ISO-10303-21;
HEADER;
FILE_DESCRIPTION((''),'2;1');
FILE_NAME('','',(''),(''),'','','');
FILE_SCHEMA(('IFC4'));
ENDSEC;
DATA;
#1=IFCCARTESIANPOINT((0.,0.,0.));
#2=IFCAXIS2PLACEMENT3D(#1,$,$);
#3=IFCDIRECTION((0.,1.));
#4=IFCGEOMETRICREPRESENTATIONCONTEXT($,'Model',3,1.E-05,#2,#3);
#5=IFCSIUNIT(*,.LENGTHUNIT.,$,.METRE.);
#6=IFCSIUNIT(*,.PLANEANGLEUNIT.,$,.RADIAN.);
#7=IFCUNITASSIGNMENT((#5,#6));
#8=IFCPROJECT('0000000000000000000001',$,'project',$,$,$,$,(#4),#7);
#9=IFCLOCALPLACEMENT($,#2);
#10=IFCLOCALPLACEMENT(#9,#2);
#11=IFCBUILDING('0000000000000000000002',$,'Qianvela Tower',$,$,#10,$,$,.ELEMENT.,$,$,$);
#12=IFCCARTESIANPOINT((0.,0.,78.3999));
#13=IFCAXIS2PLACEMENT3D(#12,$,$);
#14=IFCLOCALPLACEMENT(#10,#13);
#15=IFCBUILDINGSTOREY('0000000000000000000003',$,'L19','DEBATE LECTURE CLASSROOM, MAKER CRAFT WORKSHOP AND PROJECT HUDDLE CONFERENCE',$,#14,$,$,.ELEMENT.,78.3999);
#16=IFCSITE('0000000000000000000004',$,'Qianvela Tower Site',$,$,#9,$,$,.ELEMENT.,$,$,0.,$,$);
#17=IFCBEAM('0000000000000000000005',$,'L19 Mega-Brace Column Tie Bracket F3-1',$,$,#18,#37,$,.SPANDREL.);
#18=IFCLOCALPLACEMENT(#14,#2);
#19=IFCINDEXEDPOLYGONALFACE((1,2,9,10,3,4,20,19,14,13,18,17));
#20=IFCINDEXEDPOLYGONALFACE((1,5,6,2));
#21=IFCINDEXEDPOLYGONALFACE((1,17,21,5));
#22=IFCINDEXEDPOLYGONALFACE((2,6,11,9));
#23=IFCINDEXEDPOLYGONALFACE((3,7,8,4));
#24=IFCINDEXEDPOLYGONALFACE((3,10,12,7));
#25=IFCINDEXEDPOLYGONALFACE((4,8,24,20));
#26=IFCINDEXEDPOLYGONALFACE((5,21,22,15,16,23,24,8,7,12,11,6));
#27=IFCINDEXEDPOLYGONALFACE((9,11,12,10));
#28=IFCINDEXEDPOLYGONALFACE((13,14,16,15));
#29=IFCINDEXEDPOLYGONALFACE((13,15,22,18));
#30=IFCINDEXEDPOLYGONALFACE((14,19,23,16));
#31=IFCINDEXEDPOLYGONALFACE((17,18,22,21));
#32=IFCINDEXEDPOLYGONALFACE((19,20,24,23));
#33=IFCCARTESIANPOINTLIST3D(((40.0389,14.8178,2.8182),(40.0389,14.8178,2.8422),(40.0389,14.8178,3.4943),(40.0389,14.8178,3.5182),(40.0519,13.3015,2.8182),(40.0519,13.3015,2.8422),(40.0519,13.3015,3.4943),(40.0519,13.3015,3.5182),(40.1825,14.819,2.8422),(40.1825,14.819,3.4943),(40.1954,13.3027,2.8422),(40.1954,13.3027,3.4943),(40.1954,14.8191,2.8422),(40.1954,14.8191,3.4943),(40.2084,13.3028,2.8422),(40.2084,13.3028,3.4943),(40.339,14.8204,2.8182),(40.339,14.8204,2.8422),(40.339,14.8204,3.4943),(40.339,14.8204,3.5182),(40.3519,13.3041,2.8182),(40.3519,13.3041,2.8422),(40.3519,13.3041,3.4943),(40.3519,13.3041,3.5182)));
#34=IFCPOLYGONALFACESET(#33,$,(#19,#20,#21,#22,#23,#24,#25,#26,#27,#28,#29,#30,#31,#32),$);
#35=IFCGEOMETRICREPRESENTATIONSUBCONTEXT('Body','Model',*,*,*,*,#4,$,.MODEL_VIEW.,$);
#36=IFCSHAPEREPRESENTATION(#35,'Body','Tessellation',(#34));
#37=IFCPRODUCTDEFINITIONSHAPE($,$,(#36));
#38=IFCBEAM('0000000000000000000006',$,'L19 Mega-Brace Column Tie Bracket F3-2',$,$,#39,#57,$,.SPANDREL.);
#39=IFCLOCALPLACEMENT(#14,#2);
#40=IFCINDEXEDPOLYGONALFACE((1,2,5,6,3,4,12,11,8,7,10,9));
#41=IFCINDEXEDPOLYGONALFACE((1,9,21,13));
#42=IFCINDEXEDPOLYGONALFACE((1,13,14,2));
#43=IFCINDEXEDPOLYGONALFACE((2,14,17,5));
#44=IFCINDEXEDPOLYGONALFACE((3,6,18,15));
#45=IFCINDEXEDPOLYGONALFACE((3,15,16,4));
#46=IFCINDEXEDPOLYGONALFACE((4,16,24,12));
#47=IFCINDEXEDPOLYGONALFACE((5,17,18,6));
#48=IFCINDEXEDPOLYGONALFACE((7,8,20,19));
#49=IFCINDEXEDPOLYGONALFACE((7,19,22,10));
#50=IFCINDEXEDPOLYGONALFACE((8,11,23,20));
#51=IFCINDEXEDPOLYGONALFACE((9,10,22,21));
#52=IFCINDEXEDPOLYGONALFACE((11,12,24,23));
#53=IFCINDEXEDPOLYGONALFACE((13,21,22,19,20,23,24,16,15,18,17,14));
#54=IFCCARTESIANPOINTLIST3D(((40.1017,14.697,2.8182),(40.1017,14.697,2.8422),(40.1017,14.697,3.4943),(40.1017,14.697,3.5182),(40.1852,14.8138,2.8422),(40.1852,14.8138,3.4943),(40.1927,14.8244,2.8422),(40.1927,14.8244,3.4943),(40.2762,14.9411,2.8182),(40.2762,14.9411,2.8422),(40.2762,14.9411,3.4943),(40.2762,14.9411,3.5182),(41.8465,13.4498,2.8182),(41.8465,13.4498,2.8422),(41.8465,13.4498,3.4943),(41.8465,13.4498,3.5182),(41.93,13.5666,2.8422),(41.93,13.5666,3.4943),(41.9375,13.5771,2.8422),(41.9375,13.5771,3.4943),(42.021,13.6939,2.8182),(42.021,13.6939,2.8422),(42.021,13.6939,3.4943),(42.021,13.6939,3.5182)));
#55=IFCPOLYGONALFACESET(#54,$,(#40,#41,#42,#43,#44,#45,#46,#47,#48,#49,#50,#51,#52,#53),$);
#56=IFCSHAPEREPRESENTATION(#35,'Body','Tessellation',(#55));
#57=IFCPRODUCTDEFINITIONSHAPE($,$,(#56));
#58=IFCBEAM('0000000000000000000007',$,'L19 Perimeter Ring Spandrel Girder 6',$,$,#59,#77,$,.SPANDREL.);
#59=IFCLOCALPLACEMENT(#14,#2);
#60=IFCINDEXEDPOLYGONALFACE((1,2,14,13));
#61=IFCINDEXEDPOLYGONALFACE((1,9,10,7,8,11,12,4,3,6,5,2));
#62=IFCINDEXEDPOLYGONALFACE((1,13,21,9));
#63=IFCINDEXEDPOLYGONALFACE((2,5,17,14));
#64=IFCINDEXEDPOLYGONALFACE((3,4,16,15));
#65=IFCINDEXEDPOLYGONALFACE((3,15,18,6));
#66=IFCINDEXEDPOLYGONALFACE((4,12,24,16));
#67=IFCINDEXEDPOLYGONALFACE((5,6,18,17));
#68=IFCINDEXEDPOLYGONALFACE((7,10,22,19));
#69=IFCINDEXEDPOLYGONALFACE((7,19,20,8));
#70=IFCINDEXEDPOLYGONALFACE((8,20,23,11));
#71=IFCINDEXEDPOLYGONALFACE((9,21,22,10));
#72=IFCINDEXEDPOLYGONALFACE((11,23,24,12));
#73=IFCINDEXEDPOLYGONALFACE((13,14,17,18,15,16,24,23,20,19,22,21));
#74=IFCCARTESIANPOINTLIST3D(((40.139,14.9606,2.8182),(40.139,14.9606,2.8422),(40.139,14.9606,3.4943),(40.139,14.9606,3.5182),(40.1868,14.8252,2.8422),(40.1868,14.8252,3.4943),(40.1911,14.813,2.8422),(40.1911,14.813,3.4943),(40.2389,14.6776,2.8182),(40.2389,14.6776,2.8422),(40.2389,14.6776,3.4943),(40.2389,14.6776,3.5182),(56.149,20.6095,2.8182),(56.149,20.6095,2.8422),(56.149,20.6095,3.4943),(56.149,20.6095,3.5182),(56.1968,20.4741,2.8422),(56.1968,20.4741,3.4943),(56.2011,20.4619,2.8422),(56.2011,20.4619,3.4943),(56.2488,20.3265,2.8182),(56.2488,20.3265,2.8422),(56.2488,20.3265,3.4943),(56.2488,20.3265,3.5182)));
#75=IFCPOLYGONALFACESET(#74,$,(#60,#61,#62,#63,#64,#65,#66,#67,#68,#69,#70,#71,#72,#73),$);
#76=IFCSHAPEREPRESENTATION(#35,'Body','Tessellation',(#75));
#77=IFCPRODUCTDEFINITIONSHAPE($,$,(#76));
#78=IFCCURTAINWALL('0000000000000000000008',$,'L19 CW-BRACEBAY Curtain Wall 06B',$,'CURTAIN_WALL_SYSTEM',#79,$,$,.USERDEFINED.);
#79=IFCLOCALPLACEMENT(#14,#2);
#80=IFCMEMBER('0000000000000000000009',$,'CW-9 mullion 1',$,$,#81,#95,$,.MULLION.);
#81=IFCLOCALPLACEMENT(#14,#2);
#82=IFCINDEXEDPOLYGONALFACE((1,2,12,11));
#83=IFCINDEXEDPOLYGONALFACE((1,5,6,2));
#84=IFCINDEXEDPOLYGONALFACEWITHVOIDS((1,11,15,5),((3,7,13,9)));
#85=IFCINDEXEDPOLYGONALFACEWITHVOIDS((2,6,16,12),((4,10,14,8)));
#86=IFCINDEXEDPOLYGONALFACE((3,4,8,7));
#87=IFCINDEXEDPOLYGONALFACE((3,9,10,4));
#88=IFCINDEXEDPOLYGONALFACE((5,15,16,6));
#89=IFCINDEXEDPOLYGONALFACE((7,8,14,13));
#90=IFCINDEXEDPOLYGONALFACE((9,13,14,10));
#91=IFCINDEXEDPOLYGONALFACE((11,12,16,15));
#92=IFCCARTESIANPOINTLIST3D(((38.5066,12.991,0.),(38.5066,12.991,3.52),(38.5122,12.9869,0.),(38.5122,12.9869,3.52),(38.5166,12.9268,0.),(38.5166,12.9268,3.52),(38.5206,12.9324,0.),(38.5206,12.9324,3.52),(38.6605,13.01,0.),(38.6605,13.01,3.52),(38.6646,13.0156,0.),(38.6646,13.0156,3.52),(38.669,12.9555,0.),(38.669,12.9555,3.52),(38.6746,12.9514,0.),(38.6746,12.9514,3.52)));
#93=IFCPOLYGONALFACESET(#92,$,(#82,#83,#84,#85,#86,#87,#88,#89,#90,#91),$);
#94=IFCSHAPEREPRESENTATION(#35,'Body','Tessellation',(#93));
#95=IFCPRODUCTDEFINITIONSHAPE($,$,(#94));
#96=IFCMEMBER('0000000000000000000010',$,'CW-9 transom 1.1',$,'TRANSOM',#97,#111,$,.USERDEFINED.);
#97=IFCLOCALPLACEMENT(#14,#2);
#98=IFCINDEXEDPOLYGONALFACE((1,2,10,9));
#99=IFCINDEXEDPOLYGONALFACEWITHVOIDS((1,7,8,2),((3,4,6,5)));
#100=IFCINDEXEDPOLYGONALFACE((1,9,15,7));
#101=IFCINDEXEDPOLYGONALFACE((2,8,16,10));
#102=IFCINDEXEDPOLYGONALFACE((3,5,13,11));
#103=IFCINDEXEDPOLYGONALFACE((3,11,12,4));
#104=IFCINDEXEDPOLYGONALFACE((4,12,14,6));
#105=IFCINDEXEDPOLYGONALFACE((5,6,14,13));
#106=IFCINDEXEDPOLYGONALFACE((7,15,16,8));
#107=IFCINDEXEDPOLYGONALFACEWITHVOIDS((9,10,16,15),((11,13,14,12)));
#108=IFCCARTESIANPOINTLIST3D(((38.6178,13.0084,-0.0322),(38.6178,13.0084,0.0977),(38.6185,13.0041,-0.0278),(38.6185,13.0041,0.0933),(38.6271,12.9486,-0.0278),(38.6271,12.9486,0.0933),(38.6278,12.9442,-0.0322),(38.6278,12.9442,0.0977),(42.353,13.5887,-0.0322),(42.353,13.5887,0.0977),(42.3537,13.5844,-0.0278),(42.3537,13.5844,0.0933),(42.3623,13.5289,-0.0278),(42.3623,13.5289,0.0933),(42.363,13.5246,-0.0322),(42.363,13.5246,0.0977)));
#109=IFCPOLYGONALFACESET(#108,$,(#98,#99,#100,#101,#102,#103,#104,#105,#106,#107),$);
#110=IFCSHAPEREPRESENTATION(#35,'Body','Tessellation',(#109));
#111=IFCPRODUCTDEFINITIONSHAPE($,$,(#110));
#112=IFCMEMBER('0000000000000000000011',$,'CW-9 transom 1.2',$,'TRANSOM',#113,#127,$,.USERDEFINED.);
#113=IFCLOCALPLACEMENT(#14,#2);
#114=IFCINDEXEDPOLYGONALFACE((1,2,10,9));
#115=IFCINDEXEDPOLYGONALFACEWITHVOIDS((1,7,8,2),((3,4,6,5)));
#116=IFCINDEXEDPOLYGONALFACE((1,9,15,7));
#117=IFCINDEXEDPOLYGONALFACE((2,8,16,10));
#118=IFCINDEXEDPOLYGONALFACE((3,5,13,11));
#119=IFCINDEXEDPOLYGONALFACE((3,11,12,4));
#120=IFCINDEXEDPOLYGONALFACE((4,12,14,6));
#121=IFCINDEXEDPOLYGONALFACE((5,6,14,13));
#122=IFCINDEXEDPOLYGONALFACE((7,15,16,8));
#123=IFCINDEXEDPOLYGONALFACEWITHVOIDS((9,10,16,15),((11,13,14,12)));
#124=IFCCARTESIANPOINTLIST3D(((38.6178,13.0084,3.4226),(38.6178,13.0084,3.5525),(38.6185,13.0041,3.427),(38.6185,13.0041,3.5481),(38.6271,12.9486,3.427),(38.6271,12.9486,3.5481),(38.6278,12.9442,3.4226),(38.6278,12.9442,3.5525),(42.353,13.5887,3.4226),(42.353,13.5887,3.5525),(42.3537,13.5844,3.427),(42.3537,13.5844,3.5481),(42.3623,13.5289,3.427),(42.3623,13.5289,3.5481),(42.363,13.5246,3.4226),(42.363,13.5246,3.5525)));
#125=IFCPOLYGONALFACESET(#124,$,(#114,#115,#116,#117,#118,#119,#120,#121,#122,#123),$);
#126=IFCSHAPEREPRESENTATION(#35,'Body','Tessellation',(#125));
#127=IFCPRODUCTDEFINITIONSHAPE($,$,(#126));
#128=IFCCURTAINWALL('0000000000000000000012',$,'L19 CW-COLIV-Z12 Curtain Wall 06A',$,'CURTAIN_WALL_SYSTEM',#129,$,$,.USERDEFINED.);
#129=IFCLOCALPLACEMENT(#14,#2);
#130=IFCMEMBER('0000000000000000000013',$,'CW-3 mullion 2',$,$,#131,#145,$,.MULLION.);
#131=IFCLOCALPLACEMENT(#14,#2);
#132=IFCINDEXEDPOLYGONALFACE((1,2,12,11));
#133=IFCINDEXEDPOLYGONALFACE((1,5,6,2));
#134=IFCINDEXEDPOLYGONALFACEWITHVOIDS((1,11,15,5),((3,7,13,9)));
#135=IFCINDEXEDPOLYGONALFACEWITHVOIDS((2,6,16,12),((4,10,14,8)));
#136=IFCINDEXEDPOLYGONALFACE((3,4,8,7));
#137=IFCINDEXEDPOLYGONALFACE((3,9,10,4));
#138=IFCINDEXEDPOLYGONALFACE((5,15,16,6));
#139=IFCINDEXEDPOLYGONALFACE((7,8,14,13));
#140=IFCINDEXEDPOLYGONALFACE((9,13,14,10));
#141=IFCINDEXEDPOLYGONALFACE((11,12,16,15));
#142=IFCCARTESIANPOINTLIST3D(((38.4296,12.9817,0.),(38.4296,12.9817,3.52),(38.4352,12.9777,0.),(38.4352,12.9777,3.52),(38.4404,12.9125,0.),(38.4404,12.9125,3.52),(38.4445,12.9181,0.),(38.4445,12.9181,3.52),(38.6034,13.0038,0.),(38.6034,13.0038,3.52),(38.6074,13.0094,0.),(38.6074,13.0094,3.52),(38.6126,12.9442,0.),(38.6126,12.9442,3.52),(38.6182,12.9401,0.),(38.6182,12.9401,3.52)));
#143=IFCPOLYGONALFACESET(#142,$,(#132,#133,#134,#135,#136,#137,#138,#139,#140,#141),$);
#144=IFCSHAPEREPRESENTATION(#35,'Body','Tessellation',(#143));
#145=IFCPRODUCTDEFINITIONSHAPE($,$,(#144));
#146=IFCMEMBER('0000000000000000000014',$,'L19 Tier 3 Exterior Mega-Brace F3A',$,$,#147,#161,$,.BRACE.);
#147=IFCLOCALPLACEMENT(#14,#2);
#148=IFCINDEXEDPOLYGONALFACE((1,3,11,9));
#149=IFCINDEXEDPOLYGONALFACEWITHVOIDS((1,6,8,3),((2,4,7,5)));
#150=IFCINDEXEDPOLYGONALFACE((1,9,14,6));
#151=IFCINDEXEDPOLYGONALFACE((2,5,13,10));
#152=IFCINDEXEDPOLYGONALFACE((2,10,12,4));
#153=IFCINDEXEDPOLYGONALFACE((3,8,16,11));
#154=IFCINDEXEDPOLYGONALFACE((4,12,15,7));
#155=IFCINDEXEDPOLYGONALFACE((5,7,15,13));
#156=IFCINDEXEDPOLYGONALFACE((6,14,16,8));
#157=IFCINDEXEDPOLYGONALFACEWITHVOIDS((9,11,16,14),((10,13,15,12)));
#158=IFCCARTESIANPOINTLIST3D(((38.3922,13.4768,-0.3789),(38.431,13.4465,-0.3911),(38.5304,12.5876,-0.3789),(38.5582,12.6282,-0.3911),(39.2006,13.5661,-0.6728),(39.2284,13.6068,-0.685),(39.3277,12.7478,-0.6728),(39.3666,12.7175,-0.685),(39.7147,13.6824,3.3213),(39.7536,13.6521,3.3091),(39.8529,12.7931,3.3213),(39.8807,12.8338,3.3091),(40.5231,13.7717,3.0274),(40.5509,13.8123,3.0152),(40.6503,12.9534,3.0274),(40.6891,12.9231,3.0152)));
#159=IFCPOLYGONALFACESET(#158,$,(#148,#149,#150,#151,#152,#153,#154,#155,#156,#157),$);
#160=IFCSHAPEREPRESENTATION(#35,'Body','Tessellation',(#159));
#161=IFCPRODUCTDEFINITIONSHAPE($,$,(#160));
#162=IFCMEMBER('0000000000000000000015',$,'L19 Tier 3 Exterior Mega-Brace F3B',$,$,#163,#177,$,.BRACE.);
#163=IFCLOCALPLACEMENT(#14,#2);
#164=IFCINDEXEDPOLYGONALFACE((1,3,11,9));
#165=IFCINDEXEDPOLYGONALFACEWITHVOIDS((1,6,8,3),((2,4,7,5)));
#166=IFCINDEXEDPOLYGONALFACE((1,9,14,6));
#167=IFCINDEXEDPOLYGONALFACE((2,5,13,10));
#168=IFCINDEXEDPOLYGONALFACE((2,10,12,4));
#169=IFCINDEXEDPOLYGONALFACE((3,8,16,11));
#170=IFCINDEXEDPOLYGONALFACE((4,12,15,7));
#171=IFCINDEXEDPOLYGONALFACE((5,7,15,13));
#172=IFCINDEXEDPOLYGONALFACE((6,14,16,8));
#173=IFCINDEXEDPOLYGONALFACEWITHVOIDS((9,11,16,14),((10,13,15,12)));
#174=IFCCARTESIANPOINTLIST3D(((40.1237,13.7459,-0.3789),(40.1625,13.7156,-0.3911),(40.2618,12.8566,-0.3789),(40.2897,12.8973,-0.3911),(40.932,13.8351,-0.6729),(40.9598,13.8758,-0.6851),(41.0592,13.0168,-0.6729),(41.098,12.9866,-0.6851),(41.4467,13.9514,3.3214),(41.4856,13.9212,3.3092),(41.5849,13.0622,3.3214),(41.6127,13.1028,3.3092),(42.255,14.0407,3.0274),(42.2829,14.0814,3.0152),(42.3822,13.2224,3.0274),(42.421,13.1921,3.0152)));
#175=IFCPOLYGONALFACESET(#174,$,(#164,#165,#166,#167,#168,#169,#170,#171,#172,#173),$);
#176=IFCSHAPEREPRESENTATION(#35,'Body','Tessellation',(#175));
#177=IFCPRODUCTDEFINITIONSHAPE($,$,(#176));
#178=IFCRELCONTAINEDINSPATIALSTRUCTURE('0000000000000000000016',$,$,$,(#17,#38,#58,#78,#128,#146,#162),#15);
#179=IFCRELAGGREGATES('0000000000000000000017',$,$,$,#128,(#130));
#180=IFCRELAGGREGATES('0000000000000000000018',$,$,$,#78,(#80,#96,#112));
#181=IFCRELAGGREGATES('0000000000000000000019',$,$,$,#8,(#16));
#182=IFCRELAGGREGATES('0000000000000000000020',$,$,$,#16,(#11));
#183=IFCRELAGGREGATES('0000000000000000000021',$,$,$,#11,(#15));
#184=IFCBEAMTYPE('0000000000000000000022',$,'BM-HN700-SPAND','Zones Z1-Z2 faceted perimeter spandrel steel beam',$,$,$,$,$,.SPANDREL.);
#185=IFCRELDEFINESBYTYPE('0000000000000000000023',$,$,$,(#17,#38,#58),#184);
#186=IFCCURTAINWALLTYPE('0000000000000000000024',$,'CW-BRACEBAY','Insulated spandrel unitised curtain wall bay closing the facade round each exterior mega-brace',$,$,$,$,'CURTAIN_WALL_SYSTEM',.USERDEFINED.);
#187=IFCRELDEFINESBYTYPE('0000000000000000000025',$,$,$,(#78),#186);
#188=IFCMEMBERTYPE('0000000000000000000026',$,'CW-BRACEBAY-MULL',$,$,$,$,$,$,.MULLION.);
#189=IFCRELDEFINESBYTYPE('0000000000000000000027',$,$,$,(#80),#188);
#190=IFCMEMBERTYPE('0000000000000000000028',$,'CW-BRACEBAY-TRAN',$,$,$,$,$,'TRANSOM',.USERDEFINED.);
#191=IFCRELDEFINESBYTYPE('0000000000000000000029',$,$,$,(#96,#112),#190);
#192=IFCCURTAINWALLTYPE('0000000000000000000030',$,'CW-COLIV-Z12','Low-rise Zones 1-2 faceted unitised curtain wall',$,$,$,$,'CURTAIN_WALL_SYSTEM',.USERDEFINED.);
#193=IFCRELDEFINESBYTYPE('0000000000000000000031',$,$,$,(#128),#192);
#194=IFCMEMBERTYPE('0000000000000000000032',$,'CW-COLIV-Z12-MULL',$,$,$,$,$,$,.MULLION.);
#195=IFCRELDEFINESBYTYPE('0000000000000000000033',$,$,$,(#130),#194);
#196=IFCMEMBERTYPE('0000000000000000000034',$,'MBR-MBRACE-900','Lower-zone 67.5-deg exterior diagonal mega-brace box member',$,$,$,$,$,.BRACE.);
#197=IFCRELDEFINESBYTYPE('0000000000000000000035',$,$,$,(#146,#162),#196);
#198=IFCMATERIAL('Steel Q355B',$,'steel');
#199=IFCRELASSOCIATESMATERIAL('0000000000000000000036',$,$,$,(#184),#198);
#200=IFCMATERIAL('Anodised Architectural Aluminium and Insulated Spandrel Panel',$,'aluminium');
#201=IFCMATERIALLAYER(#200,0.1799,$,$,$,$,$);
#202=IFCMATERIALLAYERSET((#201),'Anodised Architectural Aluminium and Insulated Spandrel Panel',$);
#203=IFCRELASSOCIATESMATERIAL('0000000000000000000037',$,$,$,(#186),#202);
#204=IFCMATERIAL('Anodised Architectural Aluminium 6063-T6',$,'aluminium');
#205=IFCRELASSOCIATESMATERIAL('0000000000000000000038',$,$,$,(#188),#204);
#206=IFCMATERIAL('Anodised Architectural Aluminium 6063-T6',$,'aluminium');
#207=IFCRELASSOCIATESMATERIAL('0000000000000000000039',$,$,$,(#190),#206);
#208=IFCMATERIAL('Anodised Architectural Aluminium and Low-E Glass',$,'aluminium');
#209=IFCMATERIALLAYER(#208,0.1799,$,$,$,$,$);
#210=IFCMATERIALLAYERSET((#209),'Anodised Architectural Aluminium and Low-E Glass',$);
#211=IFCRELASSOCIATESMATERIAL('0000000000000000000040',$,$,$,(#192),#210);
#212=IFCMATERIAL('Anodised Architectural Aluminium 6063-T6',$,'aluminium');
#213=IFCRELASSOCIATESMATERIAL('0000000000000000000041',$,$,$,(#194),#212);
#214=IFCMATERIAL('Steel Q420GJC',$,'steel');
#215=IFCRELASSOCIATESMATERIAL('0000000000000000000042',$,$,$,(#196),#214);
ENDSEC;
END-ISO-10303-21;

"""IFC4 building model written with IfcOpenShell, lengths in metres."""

from ifc_helpers import new_model, si_unit, direction, frame, origin, origin_2d, place, context, subcontext, project, spatial, hollow_rectangle, i_section, extrude, material, layer, layer_set, material_profile, profile_set, type_object, element, aggregate, save


model = new_model("IFC4")

# Units and contexts
model_context = context("Model", 3, precision=1e-05, world=origin(), true_north=direction((0.0, 1.0)))
body_context = subcontext(model_context, "Body", "Model", "MODEL_VIEW")
ifc_project = project(units=[si_unit("LENGTHUNIT", "METRE"), si_unit("PLANEANGLEUNIT", "RADIAN")], contexts=[model_context])

# Site, building, storey
site_placement = place(None, origin())
site = spatial("IfcSite", under=ifc_project, at=site_placement, Name="Qianvela Tower Site", CompositionType="ELEMENT", RefElevation=0.0)
building_placement = place(site_placement, origin())
building = spatial("IfcBuilding", under=site, at=building_placement, Name="Qianvela Tower", CompositionType="ELEMENT")
storey_placement = place(building_placement, frame((0.0, 0.0, 78.3999)))
storey = spatial("IfcBuildingStorey", under=building, at=storey_placement, Name="L19", Description="DEBATE LECTURE CLASSROOM, MAKER CRAFT WORKSHOP AND PROJECT HUDDLE CONFERENCE", CompositionType="ELEMENT", Elevation=78.3999)

# Beams
ifc_material_1 = material(Name="Steel Q355B", Category="steel")
ifc_material_profile_1 = material_profile(ifc_material_1, i_section(OverallWidth=0.3, OverallDepth=0.7, WebThickness=0.0129, FlangeThickness=0.0239, at=origin_2d()), Name="HN700x300x13x24")
ifc_profile_set_1 = profile_set([ifc_material_profile_1], Name="Steel Q355B")
beam_type_1 = type_object("IfcBeamType", Name="BM-HN700-SPAND", Description="Zones Z1-Z2 faceted perimeter spandrel steel beam", PredefinedType="SPANDREL", material=ifc_profile_set_1)
beam_1_placement = place(storey_placement, frame((40.189, 14.8191, 3.1682), z_axis=(0.008533, -0.999964, 0.0), x_axis=(0.999964, 0.008533, 0.0)))
element("IfcBeam", 1, at=beam_1_placement, inside=storey, type_object=beam_type_1, Name="L19 Mega-Brace Column Tie Bracket F3-1", PredefinedType="SPANDREL", context=body_context, shape_type="SweptSolid", body=[
    extrude(i_section(OverallWidth=0.3, OverallDepth=0.7, WebThickness=0.0129, FlangeThickness=0.0239, at=origin_2d()), origin(), (0.0, 0.0, 1.0), 1.5164),
])
beam_2_placement = place(storey_placement, frame((40.189, 14.8191, 3.1682), z_axis=(0.813518, -0.58154, 0.0), x_axis=(0.58154, 0.813518, 0.0)))
element("IfcBeam", 2, at=beam_2_placement, inside=storey, type_object=beam_type_1, Name="L19 Mega-Brace Column Tie Bracket F3-2", PredefinedType="SPANDREL", context=body_context, shape_type="SweptSolid", body=[
    extrude(i_section(OverallWidth=0.3, OverallDepth=0.7, WebThickness=0.0129, FlangeThickness=0.0239, at=origin_2d()), origin(), (0.0, 0.0, 1.0), 2.1448),
])
beam_3_placement = place(storey_placement, frame((40.189, 14.8191, 3.1682), z_axis=(0.943021, 0.332733, 0.0), x_axis=(-0.332733, 0.943021, 0.0)))
element("IfcBeam", 3, at=beam_3_placement, inside=storey, type_object=beam_type_1, Name="L19 Perimeter Ring Spandrel Girder 6", PredefinedType="SPANDREL", context=body_context, shape_type="SweptSolid", body=[
    extrude(i_section(OverallWidth=0.3, OverallDepth=0.7, WebThickness=0.0129, FlangeThickness=0.0239, at=origin_2d()), origin(), (0.0, 0.0, 1.0), 16.9773),
])

# Curtain wall, members
ifc_material_2 = material(Name="Anodised Architectural Aluminium and Insulated Spandrel Panel", Category="aluminium")
ifc_layer_1 = layer(ifc_material_2, 0.1799)
ifc_layer_set_1 = layer_set([ifc_layer_1], Name="Anodised Architectural Aluminium and Insulated Spandrel Panel")
curtain_wall_type_1 = type_object("IfcCurtainWallType", Name="CW-BRACEBAY", Description="Insulated spandrel unitised curtain wall bay closing the facade round each exterior mega-brace", ElementType="CURTAIN_WALL_SYSTEM", PredefinedType="USERDEFINED", material=ifc_layer_set_1)
curtain_wall_1_placement = place(storey_placement, origin())
curtain_wall_1 = element("IfcCurtainWall", 4, at=curtain_wall_1_placement, inside=storey, type_object=curtain_wall_type_1, Name="L19 CW-BRACEBAY Curtain Wall 06B", ObjectType="CURTAIN_WALL_SYSTEM", PredefinedType="USERDEFINED")
ifc_material_3 = material(Name="Anodised Architectural Aluminium 6063-T6", Category="aluminium")
ifc_material_profile_2 = material_profile(ifc_material_3, hollow_rectangle(XDim=0.0649, YDim=0.1599, WallThickness=0.0049, at=origin_2d()), Name="ALU-MULL-65x160")
ifc_profile_set_2 = profile_set([ifc_material_profile_2], Name="Anodised Architectural Aluminium 6063-T6")
member_type_1 = type_object("IfcMemberType", Name="CW-BRACEBAY-MULL", PredefinedType="MULLION", material=ifc_profile_set_2)
member_1_placement = place(storey_placement, frame((38.5906, 12.9712, 0.0), z_axis=(0.0, 0.0, 1.0), x_axis=(-0.153552, 0.988141, 0.0)))
member_1 = element("IfcMember", 5, at=member_1_placement, type_object=member_type_1, Name="CW-9 mullion 1", PredefinedType="MULLION", context=body_context, shape_type="SweptSolid", body=[
    extrude(hollow_rectangle(XDim=0.0649, YDim=0.1599, WallThickness=0.0049, at=origin_2d()), origin(), (0.0, 0.0, 1.0), 3.52),
])
ifc_material_4 = material(Name="Anodised Architectural Aluminium 6063-T6", Category="aluminium")
ifc_material_profile_3 = material_profile(ifc_material_4, hollow_rectangle(XDim=0.0649, YDim=0.1299, WallThickness=0.0044, at=origin_2d()), Name="ALU-TRAN-65x130")
ifc_profile_set_3 = profile_set([ifc_material_profile_3], Name="Anodised Architectural Aluminium 6063-T6")
member_type_2 = type_object("IfcMemberType", Name="CW-BRACEBAY-TRAN", ElementType="TRANSOM", PredefinedType="USERDEFINED", material=ifc_profile_set_3)
member_2_placement = place(storey_placement, frame((38.6228, 12.9763, 0.0327), z_axis=(0.988144, 0.153528, 0.0), x_axis=(-0.153528, 0.988144, 0.0)))
member_2 = element("IfcMember", 6, at=member_2_placement, type_object=member_type_2, Name="CW-9 transom 1.1", ObjectType="TRANSOM", PredefinedType="USERDEFINED", context=body_context, shape_type="SweptSolid", body=[
    extrude(hollow_rectangle(XDim=0.0649, YDim=0.1299, WallThickness=0.0044, at=origin_2d()), origin(), (0.0, 0.0, 1.0), 3.78),
])
member_3_placement = place(storey_placement, frame((38.6228, 12.9763, 3.4875), z_axis=(0.988144, 0.153528, 0.0), x_axis=(-0.153528, 0.988144, 0.0)))
member_3 = element("IfcMember", 7, at=member_3_placement, type_object=member_type_2, Name="CW-9 transom 1.2", ObjectType="TRANSOM", PredefinedType="USERDEFINED", context=body_context, shape_type="SweptSolid", body=[
    extrude(hollow_rectangle(XDim=0.0649, YDim=0.1299, WallThickness=0.0044, at=origin_2d()), origin(), (0.0, 0.0, 1.0), 3.78),
])

# Curtain wall, member
ifc_material_5 = material(Name="Anodised Architectural Aluminium and Low-E Glass", Category="aluminium")
ifc_layer_2 = layer(ifc_material_5, 0.1799)
ifc_layer_set_2 = layer_set([ifc_layer_2], Name="Anodised Architectural Aluminium and Low-E Glass")
curtain_wall_type_2 = type_object("IfcCurtainWallType", Name="CW-COLIV-Z12", Description="Low-rise Zones 1-2 faceted unitised curtain wall", ElementType="CURTAIN_WALL_SYSTEM", PredefinedType="USERDEFINED", material=ifc_layer_set_2)
curtain_wall_2_placement = place(storey_placement, origin())
curtain_wall_2 = element("IfcCurtainWall", 8, at=curtain_wall_2_placement, inside=storey, type_object=curtain_wall_type_2, Name="L19 CW-COLIV-Z12 Curtain Wall 06A", ObjectType="CURTAIN_WALL_SYSTEM", PredefinedType="USERDEFINED")
ifc_material_6 = material(Name="Anodised Architectural Aluminium 6063-T6", Category="aluminium")
ifc_material_profile_4 = material_profile(ifc_material_6, hollow_rectangle(XDim=0.0701, YDim=0.1799, WallThickness=0.0049, at=origin_2d()), Name="ALU-MULL-70x180")
ifc_profile_set_4 = profile_set([ifc_material_profile_4], Name="Anodised Architectural Aluminium 6063-T6")
member_type_3 = type_object("IfcMemberType", Name="CW-COLIV-Z12-MULL", PredefinedType="MULLION", material=ifc_profile_set_4)
member_4_placement = place(storey_placement, frame((38.5239, 12.9609, 0.0), z_axis=(0.0, 0.0, 1.0), x_axis=(-0.15355, 0.988141, 0.0)))
member_4 = element("IfcMember", 9, at=member_4_placement, type_object=member_type_3, Name="CW-3 mullion 2", PredefinedType="MULLION", context=body_context, shape_type="SweptSolid", body=[
    extrude(hollow_rectangle(XDim=0.0701, YDim=0.1799, WallThickness=0.0049, at=origin_2d()), origin(), (0.0, 0.0, 1.0), 3.52),
])
aggregate(curtain_wall_2, [member_4])

# Members
ifc_material_7 = material(Name="Steel Q420GJC", Category="steel")
ifc_material_profile_5 = material_profile(ifc_material_7, hollow_rectangle(XDim=0.8999, YDim=0.8999, WallThickness=0.0359, at=origin_2d()), Name="MBOX-900x900x36")
ifc_profile_set_5 = profile_set([ifc_material_profile_5], Name="Steel Q420GJC")
member_type_4 = type_object("IfcMemberType", Name="MBR-MBRACE-900", Description="Lower-zone 67.5-deg exterior diagonal mega-brace box member", PredefinedType="BRACE", material=ifc_profile_set_5)
member_5_placement = place(storey_placement, frame((38.8794, 13.0972, -0.532), z_axis=(0.336105, 0.052243, 0.940374), x_axis=(-0.153592, 0.988134, 0.0)))
element("IfcMember", 10, at=member_5_placement, inside=storey, type_object=member_type_4, Name="L19 Tier 3 Exterior Mega-Brace F3A", PredefinedType="BRACE", context=body_context, shape_type="SweptSolid", body=[
    extrude(hollow_rectangle(XDim=0.8999, YDim=0.8999, WallThickness=0.0359, at=origin_2d()), origin(), (0.0, 0.0, 1.0), 3.9348),
])
member_6_placement = place(storey_placement, frame((40.6108, 13.3662, -0.532), z_axis=(0.336215, 0.052241, 0.940335), x_axis=(-0.153537, 0.988143, 0.0)))
element("IfcMember", 11, at=member_6_placement, inside=storey, type_object=member_type_4, Name="L19 Tier 3 Exterior Mega-Brace F3B", PredefinedType="BRACE", context=body_context, shape_type="SweptSolid", body=[
    extrude(hollow_rectangle(XDim=0.8999, YDim=0.8999, WallThickness=0.0359, at=origin_2d()), origin(), (0.0, 0.0, 1.0), 3.9351),
])

aggregate(curtain_wall_1, [member_1, member_2, member_3])

save(model, "model.ifc")
